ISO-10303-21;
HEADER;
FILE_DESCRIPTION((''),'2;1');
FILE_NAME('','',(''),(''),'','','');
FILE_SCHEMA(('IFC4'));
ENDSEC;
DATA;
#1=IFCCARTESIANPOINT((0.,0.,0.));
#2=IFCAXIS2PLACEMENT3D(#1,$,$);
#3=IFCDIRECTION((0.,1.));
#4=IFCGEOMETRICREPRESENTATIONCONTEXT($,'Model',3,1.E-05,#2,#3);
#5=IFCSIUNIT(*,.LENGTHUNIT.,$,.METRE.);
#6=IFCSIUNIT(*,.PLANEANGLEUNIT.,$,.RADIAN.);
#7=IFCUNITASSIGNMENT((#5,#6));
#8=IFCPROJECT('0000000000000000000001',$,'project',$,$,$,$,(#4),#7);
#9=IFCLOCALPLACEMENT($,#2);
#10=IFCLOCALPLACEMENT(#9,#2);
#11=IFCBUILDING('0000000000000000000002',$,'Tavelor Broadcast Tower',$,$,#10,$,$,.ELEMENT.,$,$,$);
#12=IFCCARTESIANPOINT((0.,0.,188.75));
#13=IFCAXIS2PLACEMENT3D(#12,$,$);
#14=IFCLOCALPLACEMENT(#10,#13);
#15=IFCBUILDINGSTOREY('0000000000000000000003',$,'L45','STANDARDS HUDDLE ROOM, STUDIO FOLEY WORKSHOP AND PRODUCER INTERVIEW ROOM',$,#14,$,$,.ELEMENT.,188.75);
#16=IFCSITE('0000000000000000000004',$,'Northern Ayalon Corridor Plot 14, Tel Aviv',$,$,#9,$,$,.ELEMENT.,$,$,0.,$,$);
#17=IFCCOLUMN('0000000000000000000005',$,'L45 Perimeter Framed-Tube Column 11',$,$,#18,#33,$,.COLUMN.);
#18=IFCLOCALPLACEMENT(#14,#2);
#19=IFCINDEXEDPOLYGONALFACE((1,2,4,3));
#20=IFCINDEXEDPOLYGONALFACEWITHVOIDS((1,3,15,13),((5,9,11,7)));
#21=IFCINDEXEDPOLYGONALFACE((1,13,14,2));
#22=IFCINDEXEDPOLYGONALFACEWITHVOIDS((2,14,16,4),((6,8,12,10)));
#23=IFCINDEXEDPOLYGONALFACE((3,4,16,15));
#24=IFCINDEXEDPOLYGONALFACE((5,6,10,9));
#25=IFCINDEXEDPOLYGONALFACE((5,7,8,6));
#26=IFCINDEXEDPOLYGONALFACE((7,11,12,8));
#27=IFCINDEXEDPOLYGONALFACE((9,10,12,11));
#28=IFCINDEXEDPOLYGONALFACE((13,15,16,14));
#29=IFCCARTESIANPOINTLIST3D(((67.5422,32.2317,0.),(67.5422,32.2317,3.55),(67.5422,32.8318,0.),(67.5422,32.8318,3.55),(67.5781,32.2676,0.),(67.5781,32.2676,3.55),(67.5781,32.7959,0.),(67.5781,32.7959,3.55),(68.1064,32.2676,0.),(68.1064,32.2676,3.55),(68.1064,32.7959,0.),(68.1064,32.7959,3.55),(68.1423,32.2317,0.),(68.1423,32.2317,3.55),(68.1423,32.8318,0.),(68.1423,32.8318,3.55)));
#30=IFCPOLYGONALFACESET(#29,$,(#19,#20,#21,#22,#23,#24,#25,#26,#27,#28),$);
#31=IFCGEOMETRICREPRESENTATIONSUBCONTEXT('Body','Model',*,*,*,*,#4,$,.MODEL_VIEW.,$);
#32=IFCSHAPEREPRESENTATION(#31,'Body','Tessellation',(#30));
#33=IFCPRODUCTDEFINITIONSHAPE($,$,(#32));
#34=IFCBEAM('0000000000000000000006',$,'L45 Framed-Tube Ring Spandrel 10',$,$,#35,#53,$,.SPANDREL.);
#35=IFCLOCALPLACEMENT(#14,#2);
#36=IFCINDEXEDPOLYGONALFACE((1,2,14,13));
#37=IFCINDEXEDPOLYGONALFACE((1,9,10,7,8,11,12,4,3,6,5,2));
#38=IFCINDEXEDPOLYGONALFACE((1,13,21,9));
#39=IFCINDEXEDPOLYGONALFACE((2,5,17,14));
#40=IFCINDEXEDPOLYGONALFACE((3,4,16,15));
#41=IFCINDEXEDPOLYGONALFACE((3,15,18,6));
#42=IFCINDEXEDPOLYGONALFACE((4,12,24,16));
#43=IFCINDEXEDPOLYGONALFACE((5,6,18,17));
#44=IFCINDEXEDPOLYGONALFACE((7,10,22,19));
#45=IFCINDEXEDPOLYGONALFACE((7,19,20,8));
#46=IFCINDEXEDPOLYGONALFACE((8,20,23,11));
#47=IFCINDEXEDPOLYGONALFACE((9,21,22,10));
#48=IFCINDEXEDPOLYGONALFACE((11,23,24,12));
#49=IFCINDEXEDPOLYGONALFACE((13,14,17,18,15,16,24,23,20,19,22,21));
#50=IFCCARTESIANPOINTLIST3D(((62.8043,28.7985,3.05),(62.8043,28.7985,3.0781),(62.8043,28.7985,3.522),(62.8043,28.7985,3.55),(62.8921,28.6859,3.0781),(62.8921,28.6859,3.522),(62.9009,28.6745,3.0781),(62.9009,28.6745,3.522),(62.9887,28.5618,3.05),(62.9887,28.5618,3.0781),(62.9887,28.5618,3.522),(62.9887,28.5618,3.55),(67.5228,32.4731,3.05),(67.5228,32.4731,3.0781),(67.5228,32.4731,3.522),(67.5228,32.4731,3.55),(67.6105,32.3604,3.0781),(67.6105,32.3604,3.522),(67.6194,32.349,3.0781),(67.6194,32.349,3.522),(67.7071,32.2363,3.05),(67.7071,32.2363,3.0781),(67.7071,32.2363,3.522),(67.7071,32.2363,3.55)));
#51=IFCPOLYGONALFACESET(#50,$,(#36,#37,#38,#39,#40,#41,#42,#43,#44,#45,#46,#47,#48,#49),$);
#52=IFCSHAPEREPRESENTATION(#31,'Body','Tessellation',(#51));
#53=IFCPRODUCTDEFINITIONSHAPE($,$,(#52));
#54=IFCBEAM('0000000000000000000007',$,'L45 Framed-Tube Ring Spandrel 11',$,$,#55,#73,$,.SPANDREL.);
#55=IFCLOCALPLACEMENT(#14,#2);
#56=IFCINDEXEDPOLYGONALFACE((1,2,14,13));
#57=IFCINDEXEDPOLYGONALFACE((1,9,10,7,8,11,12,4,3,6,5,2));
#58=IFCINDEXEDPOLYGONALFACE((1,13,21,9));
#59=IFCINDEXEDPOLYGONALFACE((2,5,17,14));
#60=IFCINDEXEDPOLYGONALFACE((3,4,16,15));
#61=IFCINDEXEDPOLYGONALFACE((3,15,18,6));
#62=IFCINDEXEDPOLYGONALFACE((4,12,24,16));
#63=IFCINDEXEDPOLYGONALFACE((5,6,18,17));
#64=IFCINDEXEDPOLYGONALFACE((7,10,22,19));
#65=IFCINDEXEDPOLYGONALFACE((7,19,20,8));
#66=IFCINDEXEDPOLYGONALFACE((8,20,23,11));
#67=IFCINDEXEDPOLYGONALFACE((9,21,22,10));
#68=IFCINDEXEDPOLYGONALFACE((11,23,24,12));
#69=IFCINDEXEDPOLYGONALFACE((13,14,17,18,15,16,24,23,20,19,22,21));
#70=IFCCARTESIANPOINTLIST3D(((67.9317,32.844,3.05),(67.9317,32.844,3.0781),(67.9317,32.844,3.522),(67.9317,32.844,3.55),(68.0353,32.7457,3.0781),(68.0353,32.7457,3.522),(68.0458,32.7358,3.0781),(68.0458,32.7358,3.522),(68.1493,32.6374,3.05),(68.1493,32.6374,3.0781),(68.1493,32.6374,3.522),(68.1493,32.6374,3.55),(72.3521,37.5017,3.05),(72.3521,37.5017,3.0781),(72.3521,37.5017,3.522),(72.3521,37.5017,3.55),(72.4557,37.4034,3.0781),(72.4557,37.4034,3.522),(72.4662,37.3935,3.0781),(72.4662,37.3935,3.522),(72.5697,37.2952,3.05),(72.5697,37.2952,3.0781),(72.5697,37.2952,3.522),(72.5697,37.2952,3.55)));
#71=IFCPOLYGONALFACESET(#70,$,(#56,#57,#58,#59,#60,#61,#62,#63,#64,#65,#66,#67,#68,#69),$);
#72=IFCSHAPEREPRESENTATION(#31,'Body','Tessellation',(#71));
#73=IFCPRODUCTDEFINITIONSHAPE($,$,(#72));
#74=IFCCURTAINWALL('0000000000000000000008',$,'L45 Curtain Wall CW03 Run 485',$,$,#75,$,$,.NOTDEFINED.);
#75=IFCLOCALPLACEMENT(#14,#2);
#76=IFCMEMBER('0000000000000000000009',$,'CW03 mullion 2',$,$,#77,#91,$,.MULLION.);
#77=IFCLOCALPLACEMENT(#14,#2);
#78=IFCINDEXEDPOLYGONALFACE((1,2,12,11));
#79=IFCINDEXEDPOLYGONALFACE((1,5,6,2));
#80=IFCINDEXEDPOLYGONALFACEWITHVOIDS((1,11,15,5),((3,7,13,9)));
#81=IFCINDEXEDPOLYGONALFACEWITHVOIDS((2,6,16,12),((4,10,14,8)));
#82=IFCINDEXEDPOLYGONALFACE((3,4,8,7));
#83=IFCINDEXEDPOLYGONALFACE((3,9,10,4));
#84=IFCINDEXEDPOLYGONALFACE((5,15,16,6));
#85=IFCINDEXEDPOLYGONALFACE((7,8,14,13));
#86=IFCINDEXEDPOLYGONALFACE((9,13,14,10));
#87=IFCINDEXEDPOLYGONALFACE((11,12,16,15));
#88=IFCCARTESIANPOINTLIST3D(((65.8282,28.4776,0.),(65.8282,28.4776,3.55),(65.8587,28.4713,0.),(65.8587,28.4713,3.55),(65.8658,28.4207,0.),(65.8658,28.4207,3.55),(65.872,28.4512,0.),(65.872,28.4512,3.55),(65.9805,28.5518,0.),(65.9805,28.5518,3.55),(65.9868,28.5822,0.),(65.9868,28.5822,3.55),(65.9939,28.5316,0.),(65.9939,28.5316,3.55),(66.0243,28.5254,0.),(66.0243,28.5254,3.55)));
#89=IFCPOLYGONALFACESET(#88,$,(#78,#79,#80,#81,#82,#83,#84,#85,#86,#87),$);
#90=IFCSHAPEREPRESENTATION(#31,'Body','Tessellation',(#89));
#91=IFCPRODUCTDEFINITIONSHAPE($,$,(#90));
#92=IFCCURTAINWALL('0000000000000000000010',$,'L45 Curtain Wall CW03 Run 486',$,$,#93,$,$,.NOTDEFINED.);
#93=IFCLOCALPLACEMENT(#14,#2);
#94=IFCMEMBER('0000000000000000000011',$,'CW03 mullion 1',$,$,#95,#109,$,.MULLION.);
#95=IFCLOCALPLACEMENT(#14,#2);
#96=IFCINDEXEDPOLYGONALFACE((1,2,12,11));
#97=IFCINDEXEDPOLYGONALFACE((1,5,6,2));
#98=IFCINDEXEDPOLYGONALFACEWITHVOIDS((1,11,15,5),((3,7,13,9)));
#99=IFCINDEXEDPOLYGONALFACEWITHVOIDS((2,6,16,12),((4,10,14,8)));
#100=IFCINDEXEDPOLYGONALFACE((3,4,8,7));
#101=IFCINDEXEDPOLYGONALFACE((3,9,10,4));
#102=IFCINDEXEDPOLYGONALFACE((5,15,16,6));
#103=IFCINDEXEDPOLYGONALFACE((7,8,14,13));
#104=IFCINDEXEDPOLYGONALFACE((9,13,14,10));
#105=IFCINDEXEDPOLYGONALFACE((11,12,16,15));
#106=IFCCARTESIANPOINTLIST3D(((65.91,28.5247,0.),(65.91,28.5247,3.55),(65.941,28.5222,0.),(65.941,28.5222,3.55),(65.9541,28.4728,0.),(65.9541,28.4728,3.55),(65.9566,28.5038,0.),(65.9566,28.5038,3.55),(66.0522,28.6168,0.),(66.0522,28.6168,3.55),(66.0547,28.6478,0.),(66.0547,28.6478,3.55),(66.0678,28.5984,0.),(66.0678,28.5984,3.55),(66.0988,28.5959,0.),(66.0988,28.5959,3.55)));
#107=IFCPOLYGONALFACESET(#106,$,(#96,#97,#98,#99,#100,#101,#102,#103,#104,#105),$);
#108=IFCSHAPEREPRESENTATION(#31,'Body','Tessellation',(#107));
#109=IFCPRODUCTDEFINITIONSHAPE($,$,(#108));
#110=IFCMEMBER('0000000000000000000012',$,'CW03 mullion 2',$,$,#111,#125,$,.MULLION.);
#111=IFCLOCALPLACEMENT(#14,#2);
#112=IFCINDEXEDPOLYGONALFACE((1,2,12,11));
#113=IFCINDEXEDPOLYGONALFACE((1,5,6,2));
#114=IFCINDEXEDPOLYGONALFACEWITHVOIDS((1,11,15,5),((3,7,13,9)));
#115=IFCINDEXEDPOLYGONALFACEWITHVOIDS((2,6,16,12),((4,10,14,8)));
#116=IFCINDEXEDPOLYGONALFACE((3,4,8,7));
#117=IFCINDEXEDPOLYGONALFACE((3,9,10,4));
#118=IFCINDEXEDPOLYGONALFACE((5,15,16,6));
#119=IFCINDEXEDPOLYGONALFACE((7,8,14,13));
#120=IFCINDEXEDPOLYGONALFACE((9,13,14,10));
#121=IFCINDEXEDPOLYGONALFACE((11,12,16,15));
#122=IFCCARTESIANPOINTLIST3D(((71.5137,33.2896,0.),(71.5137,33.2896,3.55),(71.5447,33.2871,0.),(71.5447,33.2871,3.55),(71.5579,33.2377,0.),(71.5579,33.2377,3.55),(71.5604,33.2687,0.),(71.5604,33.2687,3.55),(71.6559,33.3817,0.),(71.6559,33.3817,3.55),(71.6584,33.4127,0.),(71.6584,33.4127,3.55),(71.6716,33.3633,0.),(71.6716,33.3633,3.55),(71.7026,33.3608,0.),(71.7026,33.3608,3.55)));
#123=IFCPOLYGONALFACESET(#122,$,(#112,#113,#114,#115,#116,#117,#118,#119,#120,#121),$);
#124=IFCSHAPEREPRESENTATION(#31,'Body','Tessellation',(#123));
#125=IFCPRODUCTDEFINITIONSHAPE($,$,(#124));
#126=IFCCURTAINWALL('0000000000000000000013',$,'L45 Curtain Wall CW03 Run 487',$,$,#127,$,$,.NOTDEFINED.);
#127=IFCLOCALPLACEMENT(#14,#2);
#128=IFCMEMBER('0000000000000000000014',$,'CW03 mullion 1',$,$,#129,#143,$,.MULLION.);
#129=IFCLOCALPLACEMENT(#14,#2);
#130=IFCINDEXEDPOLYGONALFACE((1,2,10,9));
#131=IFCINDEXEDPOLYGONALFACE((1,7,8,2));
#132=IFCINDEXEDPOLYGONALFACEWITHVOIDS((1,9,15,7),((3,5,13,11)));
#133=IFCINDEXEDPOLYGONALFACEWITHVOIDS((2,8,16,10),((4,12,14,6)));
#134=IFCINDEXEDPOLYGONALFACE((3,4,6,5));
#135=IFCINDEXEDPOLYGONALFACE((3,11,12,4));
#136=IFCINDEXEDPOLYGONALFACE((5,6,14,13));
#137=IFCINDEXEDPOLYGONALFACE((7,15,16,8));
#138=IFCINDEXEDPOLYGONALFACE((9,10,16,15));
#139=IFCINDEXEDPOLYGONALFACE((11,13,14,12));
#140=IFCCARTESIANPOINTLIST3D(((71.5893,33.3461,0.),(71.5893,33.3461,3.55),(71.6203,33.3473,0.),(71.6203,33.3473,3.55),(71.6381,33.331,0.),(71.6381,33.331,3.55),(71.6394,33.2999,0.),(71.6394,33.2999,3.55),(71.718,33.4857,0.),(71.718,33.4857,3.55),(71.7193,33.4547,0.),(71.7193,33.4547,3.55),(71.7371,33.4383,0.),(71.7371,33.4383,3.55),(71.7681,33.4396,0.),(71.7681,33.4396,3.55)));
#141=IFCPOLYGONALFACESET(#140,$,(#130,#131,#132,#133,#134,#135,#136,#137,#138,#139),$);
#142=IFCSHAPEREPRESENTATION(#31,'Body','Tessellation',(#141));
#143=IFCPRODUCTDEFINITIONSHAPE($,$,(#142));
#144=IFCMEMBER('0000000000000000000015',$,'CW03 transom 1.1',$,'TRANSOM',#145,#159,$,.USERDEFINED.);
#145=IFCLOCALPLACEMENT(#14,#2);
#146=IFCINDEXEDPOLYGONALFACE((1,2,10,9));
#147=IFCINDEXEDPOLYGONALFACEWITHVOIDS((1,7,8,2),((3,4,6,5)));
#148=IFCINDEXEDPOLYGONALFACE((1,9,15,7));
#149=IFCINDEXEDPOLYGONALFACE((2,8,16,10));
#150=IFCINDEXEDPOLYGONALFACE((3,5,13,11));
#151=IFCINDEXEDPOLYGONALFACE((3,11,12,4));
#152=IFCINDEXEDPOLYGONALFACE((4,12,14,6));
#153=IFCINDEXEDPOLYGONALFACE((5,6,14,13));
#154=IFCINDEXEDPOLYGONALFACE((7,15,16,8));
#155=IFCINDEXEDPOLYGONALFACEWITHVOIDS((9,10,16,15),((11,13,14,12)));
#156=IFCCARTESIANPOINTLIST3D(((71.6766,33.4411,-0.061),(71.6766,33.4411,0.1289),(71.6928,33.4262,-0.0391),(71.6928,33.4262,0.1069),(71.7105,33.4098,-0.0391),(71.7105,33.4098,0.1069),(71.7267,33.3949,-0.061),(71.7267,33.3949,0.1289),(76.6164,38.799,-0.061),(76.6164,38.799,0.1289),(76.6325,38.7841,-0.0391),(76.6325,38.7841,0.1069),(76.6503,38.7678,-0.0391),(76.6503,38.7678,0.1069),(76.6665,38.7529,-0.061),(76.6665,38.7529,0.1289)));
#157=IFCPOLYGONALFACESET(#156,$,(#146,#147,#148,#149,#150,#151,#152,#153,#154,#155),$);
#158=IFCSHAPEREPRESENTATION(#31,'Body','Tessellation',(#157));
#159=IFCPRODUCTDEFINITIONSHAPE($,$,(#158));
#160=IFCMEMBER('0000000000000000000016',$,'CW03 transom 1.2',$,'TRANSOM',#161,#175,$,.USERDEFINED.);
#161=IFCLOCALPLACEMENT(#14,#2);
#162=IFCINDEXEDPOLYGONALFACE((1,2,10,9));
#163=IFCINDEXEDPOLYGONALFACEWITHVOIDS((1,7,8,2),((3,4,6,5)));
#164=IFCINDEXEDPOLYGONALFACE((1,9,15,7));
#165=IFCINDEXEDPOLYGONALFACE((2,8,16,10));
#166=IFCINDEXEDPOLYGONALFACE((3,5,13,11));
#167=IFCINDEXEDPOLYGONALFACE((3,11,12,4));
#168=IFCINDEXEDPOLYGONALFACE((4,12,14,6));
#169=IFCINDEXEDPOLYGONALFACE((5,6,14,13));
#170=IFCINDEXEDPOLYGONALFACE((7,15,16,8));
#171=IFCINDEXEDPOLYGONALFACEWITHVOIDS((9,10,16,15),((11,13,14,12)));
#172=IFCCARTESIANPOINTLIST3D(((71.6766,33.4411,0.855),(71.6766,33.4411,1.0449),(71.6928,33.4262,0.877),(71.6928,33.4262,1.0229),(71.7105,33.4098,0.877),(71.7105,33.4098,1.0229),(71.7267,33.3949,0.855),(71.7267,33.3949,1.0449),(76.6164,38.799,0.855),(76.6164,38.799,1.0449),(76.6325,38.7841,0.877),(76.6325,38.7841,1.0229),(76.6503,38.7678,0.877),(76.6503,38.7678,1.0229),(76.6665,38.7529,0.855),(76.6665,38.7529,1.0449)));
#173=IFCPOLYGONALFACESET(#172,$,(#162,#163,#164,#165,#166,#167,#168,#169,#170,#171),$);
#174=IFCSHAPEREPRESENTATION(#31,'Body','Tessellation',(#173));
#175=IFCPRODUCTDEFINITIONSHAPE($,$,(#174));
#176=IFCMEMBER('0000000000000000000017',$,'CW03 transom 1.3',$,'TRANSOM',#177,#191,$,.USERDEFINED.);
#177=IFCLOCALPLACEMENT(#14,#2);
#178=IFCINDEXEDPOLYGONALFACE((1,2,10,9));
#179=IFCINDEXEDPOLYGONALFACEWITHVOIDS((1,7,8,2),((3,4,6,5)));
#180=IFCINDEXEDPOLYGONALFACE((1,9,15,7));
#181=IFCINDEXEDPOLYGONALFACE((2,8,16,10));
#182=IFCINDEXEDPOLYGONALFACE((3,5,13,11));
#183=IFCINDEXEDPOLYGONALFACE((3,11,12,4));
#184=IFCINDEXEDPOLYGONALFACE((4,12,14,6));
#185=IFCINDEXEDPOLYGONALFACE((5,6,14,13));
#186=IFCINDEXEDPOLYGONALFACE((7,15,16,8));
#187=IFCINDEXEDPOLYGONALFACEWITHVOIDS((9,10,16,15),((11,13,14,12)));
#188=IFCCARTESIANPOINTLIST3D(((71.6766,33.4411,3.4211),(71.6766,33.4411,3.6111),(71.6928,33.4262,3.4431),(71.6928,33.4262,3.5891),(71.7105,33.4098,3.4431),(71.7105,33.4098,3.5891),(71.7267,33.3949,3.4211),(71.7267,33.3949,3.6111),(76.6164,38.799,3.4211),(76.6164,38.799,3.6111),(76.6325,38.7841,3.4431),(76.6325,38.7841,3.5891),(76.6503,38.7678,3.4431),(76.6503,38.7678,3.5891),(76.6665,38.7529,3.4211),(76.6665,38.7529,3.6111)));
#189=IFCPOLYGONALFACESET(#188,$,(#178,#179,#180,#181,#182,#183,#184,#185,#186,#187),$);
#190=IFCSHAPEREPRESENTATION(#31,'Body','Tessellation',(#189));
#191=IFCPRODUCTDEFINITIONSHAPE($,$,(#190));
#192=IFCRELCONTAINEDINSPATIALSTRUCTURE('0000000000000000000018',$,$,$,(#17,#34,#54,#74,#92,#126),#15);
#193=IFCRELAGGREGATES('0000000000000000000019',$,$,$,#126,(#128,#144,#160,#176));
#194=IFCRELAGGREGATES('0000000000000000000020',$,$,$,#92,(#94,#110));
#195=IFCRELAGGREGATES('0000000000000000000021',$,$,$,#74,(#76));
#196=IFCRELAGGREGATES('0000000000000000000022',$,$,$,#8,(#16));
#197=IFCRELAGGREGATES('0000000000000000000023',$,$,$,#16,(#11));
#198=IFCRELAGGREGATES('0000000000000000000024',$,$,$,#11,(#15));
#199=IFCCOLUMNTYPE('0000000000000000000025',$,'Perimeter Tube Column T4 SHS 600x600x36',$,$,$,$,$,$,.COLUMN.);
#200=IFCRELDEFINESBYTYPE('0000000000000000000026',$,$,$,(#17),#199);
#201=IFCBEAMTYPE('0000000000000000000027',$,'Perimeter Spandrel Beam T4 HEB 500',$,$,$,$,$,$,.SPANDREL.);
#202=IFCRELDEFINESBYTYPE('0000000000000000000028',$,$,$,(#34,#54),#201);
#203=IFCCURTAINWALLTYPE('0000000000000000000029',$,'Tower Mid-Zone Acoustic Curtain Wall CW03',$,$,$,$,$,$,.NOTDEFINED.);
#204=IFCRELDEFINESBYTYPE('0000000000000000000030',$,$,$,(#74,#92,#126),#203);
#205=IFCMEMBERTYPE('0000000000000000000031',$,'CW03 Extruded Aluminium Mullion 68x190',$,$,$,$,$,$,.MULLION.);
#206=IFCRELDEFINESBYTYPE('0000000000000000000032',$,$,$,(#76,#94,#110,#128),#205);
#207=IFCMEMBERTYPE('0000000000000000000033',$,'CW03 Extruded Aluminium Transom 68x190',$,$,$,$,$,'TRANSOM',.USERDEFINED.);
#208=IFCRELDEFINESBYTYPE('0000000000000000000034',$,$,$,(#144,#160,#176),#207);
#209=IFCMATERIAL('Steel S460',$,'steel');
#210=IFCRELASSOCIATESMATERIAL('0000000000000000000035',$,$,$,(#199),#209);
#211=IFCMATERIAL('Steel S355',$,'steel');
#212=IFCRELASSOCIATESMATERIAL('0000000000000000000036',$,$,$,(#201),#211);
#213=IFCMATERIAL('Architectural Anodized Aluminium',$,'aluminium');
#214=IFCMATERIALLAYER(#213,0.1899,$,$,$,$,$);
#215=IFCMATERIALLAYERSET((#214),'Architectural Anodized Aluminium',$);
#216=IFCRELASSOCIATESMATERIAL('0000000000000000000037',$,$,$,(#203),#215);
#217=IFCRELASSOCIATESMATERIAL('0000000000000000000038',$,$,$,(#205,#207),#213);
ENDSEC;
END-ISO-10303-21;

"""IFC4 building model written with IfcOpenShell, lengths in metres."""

from ifc_helpers import new_model, si_unit, direction, frame, origin, origin_2d, place, context, subcontext, project, spatial, hollow_rectangle, i_section, extrude, source, transform, mapped, material, layer, layer_set, material_profile, profile_set, type_object, type_shapes, element, aggregate, save


model = new_model("IFC4")

# Units and contexts
model_context = context("Model", 3, precision=1e-05, world=origin(), true_north=direction((0.0, 1.0)))
body_context = subcontext(model_context, "Body", "Model", "MODEL_VIEW")
ifc_project = project(units=[si_unit("LENGTHUNIT", "METRE"), si_unit("PLANEANGLEUNIT", "RADIAN")], contexts=[model_context])

# Site, building, storey
site_placement = place(None, origin())
site = spatial("IfcSite", under=ifc_project, at=site_placement, Name="Northern Ayalon Corridor Plot 14, Tel Aviv", CompositionType="ELEMENT", RefElevation=0.0)
building_placement = place(site_placement, origin())
building = spatial("IfcBuilding", under=site, at=building_placement, Name="Tavelor Broadcast Tower", CompositionType="ELEMENT")
storey_placement = place(building_placement, frame((0.0, 0.0, 188.75)))
storey = spatial("IfcBuildingStorey", under=building, at=storey_placement, Name="L45", Description="STANDARDS HUDDLE ROOM, STUDIO FOLEY WORKSHOP AND PRODUCER INTERVIEW ROOM", CompositionType="ELEMENT", Elevation=188.75)

# Column
ifc_material_1 = material(Name="Steel S460", Category="steel")
ifc_material_profile_1 = material_profile(ifc_material_1, hollow_rectangle(XDim=0.6001, YDim=0.6001, WallThickness=0.0359, at=origin_2d()), Name="SHS 600x600x36")
ifc_profile_set_1 = profile_set([ifc_material_profile_1], Name="Steel S460")
column_type = type_object("IfcColumnType", Name="Perimeter Tube Column T4 SHS 600x600x36", PredefinedType="COLUMN", material=ifc_profile_set_1)
column_placement = place(storey_placement, frame((67.8423, 32.5317, 0.0), z_axis=(0.0, 0.0, 1.0), x_axis=(1.0, 0.0, 0.0)))
element("IfcColumn", 1, at=column_placement, inside=storey, type_object=column_type, Name="L45 Perimeter Framed-Tube Column 11", PredefinedType="COLUMN", context=body_context, shape_type="SweptSolid", body=[
    extrude(hollow_rectangle(XDim=0.6001, YDim=0.6001, WallThickness=0.0359, at=origin_2d()), origin(), (0.0, 0.0, 1.0), 3.55),
])

# Beams
ifc_material_2 = material(Name="Steel S355", Category="steel")
ifc_material_profile_2 = material_profile(ifc_material_2, i_section(OverallWidth=0.3, OverallDepth=0.5, WebThickness=0.0144, FlangeThickness=0.0281, at=origin_2d()), Name="HEB 500")
ifc_profile_set_2 = profile_set([ifc_material_profile_2], Name="Steel S355")
beam_type = type_object("IfcBeamType", Name="Perimeter Spandrel Beam T4 HEB 500", PredefinedType="SPANDREL", material=ifc_profile_set_2)
beam_1_placement = place(storey_placement, frame((62.8965, 28.6802, 3.3), z_axis=(0.788978, 0.614421, 0.0), x_axis=(-0.614421, 0.788978, 0.0)))
element("IfcBeam", 2, at=beam_1_placement, inside=storey, type_object=beam_type, Name="L45 Framed-Tube Ring Spandrel 10", PredefinedType="SPANDREL", context=body_context, shape_type="SweptSolid", body=[
    extrude(i_section(OverallWidth=0.3, OverallDepth=0.5, WebThickness=0.0144, FlangeThickness=0.0281, at=origin_2d()), origin(), (0.0, 0.0, 1.0), 5.9805),
])
beam_2_placement = place(storey_placement, frame((68.0405, 32.7407, 3.3), z_axis=(0.688388, 0.725343, 0.0), x_axis=(-0.725343, 0.688388, 0.0)))
element("IfcBeam", 3, at=beam_2_placement, inside=storey, type_object=beam_type, Name="L45 Framed-Tube Ring Spandrel 11", PredefinedType="SPANDREL", context=body_context, shape_type="SweptSolid", body=[
    extrude(i_section(OverallWidth=0.3, OverallDepth=0.5, WebThickness=0.0144, FlangeThickness=0.0281, at=origin_2d()), origin(), (0.0, 0.0, 1.0), 6.4214),
])

# Curtain wall, member
ifc_material_3 = material(Name="Architectural Anodized Aluminium", Category="aluminium")
ifc_layer_1 = layer(ifc_material_3, 0.1899)
ifc_layer_set_1 = layer_set([ifc_layer_1], Name="Architectural Anodized Aluminium")
curtain_wall_type = type_object("IfcCurtainWallType", Name="Tower Mid-Zone Acoustic Curtain Wall CW03", PredefinedType="NOTDEFINED", material=ifc_layer_set_1)
curtain_wall_1_placement = place(storey_placement, origin())
curtain_wall_1 = element("IfcCurtainWall", 4, at=curtain_wall_1_placement, inside=storey, type_object=curtain_wall_type, Name="L45 Curtain Wall CW03 Run 485", PredefinedType="NOTDEFINED")
ifc_material_profile_3 = material_profile(ifc_material_3, hollow_rectangle(XDim=0.0681, YDim=0.1899, WallThickness=0.022, at=origin_2d()), Name="RHS 68x190x22")
ifc_profile_set_3 = profile_set([ifc_material_profile_3], Name="Architectural Anodized Aluminium")
member_type_1 = type_object("IfcMemberType", Name="CW03 Extruded Aluminium Mullion 68x190", PredefinedType="MULLION", material=ifc_profile_set_3)
shared_shape_1 = source(origin(), body_context, "Body", "SweptSolid", [
    extrude(hollow_rectangle(XDim=0.0681, YDim=0.1899, WallThickness=0.022, at=origin_2d()), origin(), (0.0, 0.0, 1.0), 3.55),
])
type_shapes(member_type_1, [shared_shape_1])
member_1_placement = place(storey_placement, frame((65.9263, 28.5015, 0.0), z_axis=(0.0, 0.0, 1.0), x_axis=(-0.550844, 0.834608, 0.0)))
member_1 = element("IfcMember", 5, at=member_1_placement, type_object=member_type_1, Name="CW03 mullion 2", PredefinedType="MULLION", context=body_context, shape_type="MappedRepresentation", body=[
    mapped(shared_shape_1, transform((0.0, 0.0, 0.0), scale=1.0)),
])

# Curtain walls, members
curtain_wall_2_placement = place(storey_placement, origin())
curtain_wall_2 = element("IfcCurtainWall", 6, at=curtain_wall_2_placement, inside=storey, type_object=curtain_wall_type, Name="L45 Curtain Wall CW03 Run 486", PredefinedType="NOTDEFINED")
member_2_placement = place(storey_placement, frame((66.0044, 28.5603, 0.0), z_axis=(0.0, 0.0, 1.0), x_axis=(-0.64779, 0.761819, 0.0)))
member_2 = element("IfcMember", 7, at=member_2_placement, type_object=member_type_1, Name="CW03 mullion 1", PredefinedType="MULLION", context=body_context, shape_type="MappedRepresentation", body=[
    mapped(shared_shape_1, transform((0.0, 0.0, 0.0), scale=1.0)),
])
member_3_placement = place(storey_placement, frame((71.6082, 33.3252, 0.0), z_axis=(0.0, 0.0, 1.0), x_axis=(-0.64779, 0.761819, 0.0)))
member_3 = element("IfcMember", 8, at=member_3_placement, type_object=member_type_1, Name="CW03 mullion 2", PredefinedType="MULLION", context=body_context, shape_type="MappedRepresentation", body=[
    mapped(shared_shape_1, transform((0.0, 0.0, 0.0), scale=1.0)),
])
curtain_wall_3_placement = place(storey_placement, origin())
curtain_wall_3 = element("IfcCurtainWall", 9, at=curtain_wall_3_placement, inside=storey, type_object=curtain_wall_type, Name="L45 Curtain Wall CW03 Run 487", PredefinedType="NOTDEFINED")
member_4_placement = place(storey_placement, frame((71.6787, 33.3928, 0.0), z_axis=(0.0, 0.0, 1.0), x_axis=(-0.735217, 0.677832, 0.0)))
member_4 = element("IfcMember", 10, at=member_4_placement, type_object=member_type_1, Name="CW03 mullion 1", PredefinedType="MULLION", context=body_context, shape_type="MappedRepresentation", body=[
    mapped(shared_shape_1, transform((0.0, 0.0, 0.0), scale=1.0)),
])
ifc_material_profile_4 = material_profile(ifc_material_3, hollow_rectangle(XDim=0.0681, YDim=0.1899, WallThickness=0.022, at=origin_2d()), Name="RHS 68x190x22")
ifc_profile_set_4 = profile_set([ifc_material_profile_4], Name="Architectural Anodized Aluminium")
member_type_2 = type_object("IfcMemberType", Name="CW03 Extruded Aluminium Transom 68x190", ElementType="TRANSOM", PredefinedType="USERDEFINED", material=ifc_profile_set_4)
shared_shape_2 = source(origin(), body_context, "Body", "SweptSolid", [
    extrude(hollow_rectangle(XDim=0.0681, YDim=0.1899, WallThickness=0.022, at=origin_2d()), origin(), (0.0, 0.0, 1.0), 7.2876),
])
member_5_placement = place(storey_placement, frame((71.7017, 33.418, 0.0339), z_axis=(0.677831, 0.735218, 0.0), x_axis=(-0.735218, 0.677831, 0.0)))
member_5 = element("IfcMember", 11, at=member_5_placement, type_object=member_type_2, Name="CW03 transom 1.1", ObjectType="TRANSOM", PredefinedType="USERDEFINED", context=body_context, shape_type="MappedRepresentation", body=[
    mapped(shared_shape_2, transform((0.0, 0.0, 0.0), scale=1.0)),
])
member_6_placement = place(storey_placement, frame((71.7017, 33.418, 0.95), z_axis=(0.677831, 0.735218, 0.0), x_axis=(-0.735218, 0.677831, 0.0)))
member_6 = element("IfcMember", 12, at=member_6_placement, type_object=member_type_2, Name="CW03 transom 1.2", ObjectType="TRANSOM", PredefinedType="USERDEFINED", context=body_context, shape_type="MappedRepresentation", body=[
    mapped(shared_shape_2, transform((0.0, 0.0, 0.0), scale=1.0)),
])
member_7_placement = place(storey_placement, frame((71.7017, 33.418, 3.5161), z_axis=(0.677831, 0.735218, 0.0), x_axis=(-0.735218, 0.677831, 0.0)))
member_7 = element("IfcMember", 13, at=member_7_placement, type_object=member_type_2, Name="CW03 transom 1.3", ObjectType="TRANSOM", PredefinedType="USERDEFINED", context=body_context, shape_type="MappedRepresentation", body=[
    mapped(shared_shape_2, transform((0.0, 0.0, 0.0), scale=1.0)),
])
aggregate(curtain_wall_3, [member_4, member_5, member_6, member_7])

aggregate(curtain_wall_2, [member_2, member_3])
aggregate(curtain_wall_1, [member_1])

save(model, "model.ifc")
